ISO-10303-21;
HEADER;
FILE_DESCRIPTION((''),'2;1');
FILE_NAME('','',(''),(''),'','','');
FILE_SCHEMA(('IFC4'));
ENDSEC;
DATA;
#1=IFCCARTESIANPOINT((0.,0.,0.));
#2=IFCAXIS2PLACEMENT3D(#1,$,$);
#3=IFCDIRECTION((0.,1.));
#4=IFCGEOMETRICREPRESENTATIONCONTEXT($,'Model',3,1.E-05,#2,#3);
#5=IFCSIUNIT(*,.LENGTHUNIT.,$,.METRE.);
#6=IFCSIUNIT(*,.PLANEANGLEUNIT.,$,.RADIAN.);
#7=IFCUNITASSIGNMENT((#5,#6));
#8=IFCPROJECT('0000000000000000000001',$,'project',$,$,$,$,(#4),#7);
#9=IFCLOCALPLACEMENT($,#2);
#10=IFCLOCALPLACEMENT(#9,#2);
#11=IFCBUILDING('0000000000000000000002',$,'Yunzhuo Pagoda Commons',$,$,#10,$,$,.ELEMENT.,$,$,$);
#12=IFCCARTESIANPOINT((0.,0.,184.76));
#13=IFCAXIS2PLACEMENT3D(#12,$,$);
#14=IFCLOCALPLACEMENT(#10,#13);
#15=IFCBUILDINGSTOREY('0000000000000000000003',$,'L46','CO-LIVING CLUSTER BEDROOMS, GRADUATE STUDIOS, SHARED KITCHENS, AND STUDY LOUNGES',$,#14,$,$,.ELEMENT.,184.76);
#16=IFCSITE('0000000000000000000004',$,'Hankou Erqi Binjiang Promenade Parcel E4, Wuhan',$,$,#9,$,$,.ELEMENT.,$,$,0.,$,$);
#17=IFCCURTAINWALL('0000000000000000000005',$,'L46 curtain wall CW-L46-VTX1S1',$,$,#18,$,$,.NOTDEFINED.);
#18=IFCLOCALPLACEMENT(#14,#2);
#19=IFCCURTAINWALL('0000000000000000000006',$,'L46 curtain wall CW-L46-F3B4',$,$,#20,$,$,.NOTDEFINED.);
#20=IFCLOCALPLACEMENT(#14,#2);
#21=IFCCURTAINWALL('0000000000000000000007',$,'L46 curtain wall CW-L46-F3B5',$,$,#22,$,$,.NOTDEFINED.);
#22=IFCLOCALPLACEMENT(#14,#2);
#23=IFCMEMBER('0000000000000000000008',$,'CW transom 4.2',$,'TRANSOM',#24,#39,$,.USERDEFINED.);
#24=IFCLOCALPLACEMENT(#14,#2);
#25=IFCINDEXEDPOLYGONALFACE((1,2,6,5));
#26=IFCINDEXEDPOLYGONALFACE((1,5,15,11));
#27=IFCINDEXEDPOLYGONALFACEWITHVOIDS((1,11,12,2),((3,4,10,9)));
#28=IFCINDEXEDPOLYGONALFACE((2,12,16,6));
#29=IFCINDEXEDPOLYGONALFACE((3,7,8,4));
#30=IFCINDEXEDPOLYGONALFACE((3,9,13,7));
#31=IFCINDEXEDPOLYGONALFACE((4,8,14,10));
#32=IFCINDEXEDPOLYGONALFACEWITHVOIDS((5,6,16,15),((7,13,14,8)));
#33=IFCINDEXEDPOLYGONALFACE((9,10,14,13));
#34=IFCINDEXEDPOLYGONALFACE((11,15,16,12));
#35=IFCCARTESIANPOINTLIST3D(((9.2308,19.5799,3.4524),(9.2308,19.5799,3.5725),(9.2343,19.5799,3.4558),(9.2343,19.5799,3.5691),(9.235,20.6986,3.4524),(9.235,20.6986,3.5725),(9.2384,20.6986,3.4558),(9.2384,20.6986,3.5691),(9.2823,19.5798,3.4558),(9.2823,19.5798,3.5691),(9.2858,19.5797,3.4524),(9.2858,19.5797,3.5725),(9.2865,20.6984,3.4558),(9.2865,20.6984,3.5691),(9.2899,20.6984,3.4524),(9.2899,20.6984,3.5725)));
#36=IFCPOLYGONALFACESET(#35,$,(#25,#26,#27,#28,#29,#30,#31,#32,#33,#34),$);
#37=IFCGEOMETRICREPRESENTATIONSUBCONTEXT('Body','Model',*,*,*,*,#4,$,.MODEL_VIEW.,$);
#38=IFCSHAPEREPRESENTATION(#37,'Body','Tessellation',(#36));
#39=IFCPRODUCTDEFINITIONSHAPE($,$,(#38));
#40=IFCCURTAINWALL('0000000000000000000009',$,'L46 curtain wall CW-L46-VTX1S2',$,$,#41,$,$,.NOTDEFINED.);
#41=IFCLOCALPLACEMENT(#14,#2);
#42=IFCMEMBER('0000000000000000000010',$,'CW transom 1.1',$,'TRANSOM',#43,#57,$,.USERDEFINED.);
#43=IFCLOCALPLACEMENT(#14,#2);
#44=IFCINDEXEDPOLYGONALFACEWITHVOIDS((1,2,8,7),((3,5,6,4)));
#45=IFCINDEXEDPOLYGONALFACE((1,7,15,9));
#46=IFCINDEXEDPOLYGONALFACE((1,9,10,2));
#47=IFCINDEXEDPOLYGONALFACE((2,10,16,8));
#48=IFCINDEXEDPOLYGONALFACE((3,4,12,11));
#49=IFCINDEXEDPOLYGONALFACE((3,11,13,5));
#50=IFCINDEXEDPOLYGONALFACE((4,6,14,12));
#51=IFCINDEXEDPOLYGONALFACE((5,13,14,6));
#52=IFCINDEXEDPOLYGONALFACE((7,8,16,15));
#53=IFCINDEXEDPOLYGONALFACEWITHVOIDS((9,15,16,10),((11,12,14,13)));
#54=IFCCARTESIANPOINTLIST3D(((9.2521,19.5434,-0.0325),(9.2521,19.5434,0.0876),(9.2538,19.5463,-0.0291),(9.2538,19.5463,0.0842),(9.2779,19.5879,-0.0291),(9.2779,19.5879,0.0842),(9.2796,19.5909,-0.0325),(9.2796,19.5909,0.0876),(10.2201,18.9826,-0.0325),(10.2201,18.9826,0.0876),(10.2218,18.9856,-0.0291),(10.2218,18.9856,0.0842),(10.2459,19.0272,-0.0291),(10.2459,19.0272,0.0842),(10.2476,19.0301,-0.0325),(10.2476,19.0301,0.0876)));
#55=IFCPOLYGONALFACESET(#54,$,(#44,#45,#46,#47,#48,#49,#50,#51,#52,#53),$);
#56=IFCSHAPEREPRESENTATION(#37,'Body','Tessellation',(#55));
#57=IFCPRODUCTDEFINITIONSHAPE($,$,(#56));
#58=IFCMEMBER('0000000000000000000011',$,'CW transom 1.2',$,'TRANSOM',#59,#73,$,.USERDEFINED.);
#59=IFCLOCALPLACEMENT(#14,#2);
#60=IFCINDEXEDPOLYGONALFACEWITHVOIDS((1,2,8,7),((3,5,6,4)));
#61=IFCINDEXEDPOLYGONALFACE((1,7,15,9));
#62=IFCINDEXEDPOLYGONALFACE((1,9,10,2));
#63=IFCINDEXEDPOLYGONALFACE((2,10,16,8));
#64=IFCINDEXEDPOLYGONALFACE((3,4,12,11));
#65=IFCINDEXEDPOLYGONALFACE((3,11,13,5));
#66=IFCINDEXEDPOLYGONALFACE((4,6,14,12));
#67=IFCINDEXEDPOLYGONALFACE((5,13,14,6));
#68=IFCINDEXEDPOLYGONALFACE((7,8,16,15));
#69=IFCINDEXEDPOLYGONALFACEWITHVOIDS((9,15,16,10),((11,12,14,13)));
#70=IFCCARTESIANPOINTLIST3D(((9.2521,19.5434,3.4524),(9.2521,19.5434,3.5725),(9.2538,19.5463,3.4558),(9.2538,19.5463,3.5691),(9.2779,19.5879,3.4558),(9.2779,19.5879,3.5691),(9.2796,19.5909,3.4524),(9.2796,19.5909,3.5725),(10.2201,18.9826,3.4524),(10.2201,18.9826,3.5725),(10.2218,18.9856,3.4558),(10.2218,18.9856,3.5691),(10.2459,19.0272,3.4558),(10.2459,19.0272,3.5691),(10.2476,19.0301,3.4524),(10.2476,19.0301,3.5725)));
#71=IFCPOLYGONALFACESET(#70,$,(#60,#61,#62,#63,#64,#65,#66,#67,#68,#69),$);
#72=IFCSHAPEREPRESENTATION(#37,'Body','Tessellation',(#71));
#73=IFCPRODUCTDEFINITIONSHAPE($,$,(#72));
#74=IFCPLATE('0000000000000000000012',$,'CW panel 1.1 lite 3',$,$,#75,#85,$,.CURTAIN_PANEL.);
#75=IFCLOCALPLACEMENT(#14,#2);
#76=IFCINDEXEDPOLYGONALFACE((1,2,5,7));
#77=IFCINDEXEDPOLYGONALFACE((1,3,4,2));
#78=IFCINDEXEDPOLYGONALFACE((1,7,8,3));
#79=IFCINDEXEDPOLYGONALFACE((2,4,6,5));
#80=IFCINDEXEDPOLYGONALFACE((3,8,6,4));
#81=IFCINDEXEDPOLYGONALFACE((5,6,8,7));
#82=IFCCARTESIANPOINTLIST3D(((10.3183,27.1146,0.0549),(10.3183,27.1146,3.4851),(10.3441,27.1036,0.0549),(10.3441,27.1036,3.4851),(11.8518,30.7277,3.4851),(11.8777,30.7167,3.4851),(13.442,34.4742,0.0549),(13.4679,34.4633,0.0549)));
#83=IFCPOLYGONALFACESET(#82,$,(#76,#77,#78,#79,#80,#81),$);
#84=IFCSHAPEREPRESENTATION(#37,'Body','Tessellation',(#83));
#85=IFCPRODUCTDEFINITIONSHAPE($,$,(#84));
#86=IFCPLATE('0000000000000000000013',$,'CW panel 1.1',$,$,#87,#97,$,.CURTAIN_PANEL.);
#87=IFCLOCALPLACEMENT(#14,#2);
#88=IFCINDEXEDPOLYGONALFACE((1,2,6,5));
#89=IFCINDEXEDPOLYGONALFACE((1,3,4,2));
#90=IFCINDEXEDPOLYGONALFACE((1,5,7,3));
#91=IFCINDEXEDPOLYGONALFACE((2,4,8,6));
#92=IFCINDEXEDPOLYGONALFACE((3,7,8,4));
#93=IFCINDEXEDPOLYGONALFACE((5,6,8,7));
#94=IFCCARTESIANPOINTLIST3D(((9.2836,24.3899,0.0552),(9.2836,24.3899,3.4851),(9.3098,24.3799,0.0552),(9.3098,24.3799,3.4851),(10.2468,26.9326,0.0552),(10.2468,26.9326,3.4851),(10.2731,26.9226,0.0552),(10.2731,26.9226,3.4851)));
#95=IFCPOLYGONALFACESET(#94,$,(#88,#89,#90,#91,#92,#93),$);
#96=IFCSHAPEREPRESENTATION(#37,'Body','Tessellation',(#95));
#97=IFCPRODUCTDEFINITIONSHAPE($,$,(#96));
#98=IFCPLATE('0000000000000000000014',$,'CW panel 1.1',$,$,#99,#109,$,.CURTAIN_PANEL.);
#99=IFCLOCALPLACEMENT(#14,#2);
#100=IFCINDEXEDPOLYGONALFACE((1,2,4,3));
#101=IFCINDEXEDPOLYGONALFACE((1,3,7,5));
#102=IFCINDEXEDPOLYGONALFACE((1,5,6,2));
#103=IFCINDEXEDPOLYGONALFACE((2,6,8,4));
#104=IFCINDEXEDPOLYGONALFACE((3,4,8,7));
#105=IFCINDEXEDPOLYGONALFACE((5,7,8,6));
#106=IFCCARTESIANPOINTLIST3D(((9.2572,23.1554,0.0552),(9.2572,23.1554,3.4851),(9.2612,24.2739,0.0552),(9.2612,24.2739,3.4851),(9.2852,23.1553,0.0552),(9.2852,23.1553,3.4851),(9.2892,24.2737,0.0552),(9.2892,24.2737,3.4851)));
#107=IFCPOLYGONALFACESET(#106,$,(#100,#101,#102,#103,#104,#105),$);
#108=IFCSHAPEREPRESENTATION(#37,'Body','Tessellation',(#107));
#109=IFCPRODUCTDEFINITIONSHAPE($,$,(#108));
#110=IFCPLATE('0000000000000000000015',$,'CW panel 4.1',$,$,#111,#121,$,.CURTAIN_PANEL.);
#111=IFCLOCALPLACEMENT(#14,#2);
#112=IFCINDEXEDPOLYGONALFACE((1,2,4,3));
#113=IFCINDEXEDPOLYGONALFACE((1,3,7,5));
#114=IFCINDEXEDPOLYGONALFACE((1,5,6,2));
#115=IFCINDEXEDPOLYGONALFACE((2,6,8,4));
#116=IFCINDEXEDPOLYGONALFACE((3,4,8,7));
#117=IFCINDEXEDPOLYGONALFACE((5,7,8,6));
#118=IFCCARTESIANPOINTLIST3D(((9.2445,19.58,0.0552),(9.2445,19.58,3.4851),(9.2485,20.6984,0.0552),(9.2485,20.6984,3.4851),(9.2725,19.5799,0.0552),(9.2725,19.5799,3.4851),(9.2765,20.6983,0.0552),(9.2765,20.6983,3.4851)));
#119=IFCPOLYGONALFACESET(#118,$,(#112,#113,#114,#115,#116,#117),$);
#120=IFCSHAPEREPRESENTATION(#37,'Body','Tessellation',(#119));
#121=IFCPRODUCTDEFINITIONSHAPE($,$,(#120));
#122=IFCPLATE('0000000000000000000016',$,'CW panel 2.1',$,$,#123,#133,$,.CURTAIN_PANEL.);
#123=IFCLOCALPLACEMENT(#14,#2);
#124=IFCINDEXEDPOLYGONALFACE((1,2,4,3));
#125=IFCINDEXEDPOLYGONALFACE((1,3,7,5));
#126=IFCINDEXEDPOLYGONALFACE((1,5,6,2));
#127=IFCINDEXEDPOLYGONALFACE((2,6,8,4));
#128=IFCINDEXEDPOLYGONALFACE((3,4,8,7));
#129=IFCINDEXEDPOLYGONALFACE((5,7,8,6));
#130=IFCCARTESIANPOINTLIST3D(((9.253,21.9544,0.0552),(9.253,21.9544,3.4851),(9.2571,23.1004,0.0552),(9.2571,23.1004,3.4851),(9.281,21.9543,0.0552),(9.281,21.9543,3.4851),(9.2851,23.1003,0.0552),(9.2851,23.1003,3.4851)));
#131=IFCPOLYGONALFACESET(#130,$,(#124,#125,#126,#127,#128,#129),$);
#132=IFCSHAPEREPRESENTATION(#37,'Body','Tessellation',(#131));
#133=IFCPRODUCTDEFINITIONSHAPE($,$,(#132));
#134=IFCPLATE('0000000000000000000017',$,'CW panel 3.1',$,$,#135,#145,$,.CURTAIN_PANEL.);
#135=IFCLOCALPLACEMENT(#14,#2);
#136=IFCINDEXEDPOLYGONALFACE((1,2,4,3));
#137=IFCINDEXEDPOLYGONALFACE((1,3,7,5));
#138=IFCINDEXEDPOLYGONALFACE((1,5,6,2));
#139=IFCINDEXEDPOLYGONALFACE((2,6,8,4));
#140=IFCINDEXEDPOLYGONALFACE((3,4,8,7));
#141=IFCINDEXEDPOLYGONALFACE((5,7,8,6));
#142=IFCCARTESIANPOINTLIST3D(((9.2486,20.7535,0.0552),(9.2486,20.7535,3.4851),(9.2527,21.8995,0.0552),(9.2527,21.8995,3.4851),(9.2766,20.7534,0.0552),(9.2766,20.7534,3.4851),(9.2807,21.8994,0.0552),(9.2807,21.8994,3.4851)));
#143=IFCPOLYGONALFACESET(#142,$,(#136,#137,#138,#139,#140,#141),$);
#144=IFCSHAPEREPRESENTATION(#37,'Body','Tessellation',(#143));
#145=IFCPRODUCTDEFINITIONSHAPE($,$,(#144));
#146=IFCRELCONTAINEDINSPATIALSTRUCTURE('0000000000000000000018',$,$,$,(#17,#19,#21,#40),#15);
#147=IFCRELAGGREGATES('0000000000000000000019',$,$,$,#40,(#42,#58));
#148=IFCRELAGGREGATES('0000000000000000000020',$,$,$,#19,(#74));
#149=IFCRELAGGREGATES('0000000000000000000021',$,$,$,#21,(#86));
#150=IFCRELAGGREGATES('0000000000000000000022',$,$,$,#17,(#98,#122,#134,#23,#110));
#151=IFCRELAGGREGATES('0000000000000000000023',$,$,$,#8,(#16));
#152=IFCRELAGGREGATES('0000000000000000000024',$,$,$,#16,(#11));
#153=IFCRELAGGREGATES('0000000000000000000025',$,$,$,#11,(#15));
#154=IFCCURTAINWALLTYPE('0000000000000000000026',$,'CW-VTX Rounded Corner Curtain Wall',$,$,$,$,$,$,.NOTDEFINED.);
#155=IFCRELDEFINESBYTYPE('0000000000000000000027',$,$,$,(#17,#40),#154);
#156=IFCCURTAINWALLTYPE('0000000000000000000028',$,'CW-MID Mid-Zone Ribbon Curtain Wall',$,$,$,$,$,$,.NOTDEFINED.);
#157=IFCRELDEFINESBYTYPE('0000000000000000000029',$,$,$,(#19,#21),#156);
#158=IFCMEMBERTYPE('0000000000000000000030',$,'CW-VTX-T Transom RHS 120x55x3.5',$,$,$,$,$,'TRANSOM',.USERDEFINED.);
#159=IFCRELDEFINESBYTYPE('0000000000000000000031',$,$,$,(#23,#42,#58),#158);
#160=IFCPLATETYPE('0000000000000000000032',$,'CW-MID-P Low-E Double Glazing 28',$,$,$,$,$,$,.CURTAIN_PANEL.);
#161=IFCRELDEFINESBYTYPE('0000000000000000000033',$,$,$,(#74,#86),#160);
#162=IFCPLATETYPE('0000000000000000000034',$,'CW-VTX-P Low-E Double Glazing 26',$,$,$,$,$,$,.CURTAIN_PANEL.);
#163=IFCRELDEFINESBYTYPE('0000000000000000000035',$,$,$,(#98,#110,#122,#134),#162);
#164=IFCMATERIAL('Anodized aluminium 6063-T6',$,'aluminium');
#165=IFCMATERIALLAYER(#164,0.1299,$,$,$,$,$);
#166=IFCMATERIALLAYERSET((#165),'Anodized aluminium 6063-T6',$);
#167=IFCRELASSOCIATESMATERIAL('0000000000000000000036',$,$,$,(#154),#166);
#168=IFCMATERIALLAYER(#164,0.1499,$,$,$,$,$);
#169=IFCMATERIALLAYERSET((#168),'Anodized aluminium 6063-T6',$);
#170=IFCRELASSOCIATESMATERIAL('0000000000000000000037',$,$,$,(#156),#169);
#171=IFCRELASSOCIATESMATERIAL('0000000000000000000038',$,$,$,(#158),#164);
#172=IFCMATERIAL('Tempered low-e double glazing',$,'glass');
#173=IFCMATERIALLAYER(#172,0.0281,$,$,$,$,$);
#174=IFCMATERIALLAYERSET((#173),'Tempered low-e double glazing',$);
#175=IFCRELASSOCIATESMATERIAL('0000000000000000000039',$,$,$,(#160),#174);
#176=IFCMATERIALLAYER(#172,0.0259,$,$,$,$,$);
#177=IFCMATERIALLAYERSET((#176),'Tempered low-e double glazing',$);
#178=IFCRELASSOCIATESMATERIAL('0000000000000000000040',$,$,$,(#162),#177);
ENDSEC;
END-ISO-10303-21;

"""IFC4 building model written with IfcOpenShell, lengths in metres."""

from ifc_helpers import new_model, si_unit, direction, frame, origin, origin_2d, place, context, subcontext, project, spatial, polyline, rectangle, hollow_rectangle, outline, extrude, source, transform, mapped, material, layer, layer_set, material_profile, profile_set, type_object, element, aggregate, save


model = new_model("IFC4")

# Units and contexts
model_context = context("Model", 3, precision=1e-05, world=origin(), true_north=direction((0.0, 1.0)))
body_context = subcontext(model_context, "Body", "Model", "MODEL_VIEW")
ifc_project = project(units=[si_unit("LENGTHUNIT", "METRE"), si_unit("PLANEANGLEUNIT", "RADIAN")], contexts=[model_context])

# Site, building, storey
site_placement = place(None, origin())
site = spatial("IfcSite", under=ifc_project, at=site_placement, Name="Hankou Erqi Binjiang Promenade Parcel E4, Wuhan", CompositionType="ELEMENT", RefElevation=0.0)
building_placement = place(site_placement, origin())
building = spatial("IfcBuilding", under=site, at=building_placement, Name="Yunzhuo Pagoda Commons", CompositionType="ELEMENT")
storey_placement = place(building_placement, frame((0.0, 0.0, 184.76)))
storey = spatial("IfcBuildingStorey", under=building, at=storey_placement, Name="L46", Description="CO-LIVING CLUSTER BEDROOMS, GRADUATE STUDIOS, SHARED KITCHENS, AND STUDY LOUNGES", CompositionType="ELEMENT", Elevation=184.76)

# Curtain wall
ifc_material_1 = material(Name="Anodized aluminium 6063-T6", Category="aluminium")
ifc_layer_1 = layer(ifc_material_1, 0.1299)
ifc_layer_set_1 = layer_set([ifc_layer_1], Name="Anodized aluminium 6063-T6")
curtain_wall_type_1 = type_object("IfcCurtainWallType", Name="CW-VTX Rounded Corner Curtain Wall", PredefinedType="NOTDEFINED", material=ifc_layer_set_1)
curtain_wall_1_placement = place(storey_placement, origin())
curtain_wall_1 = element("IfcCurtainWall", 1, at=curtain_wall_1_placement, inside=storey, type_object=curtain_wall_type_1, Name="L46 curtain wall CW-L46-VTX1S1", PredefinedType="NOTDEFINED")

# Curtain wall
ifc_layer_2 = layer(ifc_material_1, 0.1499)
ifc_layer_set_2 = layer_set([ifc_layer_2], Name="Anodized aluminium 6063-T6")
curtain_wall_type_2 = type_object("IfcCurtainWallType", Name="CW-MID Mid-Zone Ribbon Curtain Wall", PredefinedType="NOTDEFINED", material=ifc_layer_set_2)
curtain_wall_2_placement = place(storey_placement, origin())
curtain_wall_2 = element("IfcCurtainWall", 2, at=curtain_wall_2_placement, inside=storey, type_object=curtain_wall_type_2, Name="L46 curtain wall CW-L46-F3B4", PredefinedType="NOTDEFINED")

# Curtain wall
curtain_wall_3_placement = place(storey_placement, origin())
curtain_wall_3 = element("IfcCurtainWall", 3, at=curtain_wall_3_placement, inside=storey, type_object=curtain_wall_type_2, Name="L46 curtain wall CW-L46-F3B5", PredefinedType="NOTDEFINED")

# Member
ifc_material_profile_1 = material_profile(ifc_material_1, hollow_rectangle(XDim=0.0549, YDim=0.1201, WallThickness=0.0034, at=origin_2d()), Name="Anodized aluminium 6063-T6")
ifc_profile_set_1 = profile_set([ifc_material_profile_1], Name="Anodized aluminium 6063-T6")
member_type_1 = type_object("IfcMemberType", Name="CW-VTX-T Transom RHS 120x55x3.5", ElementType="TRANSOM", PredefinedType="USERDEFINED", material=ifc_profile_set_1)
shared_shape_1 = source(origin(), body_context, "Body", "SweptSolid", [
    extrude(hollow_rectangle(XDim=0.0549, YDim=0.1201, WallThickness=0.0034, at=origin_2d()), origin(), (0.0, 0.0, 1.0), 1.1187),
])
member_1_placement = place(storey_placement, frame((9.2625, 20.6985, 3.5125), z_axis=(-0.00371, -0.999993, 0.0), x_axis=(0.999993, -0.00371, 0.0)))
member_1 = element("IfcMember", 4, at=member_1_placement, type_object=member_type_1, Name="CW transom 4.2", ObjectType="TRANSOM", PredefinedType="USERDEFINED", context=body_context, shape_type="MappedRepresentation", body=[
    mapped(shared_shape_1, transform((0.0, 0.0, 0.0), scale=1.0)),
])

# Curtain wall, members
curtain_wall_4_placement = place(storey_placement, origin())
curtain_wall_4 = element("IfcCurtainWall", 5, at=curtain_wall_4_placement, inside=storey, type_object=curtain_wall_type_1, Name="L46 curtain wall CW-L46-VTX1S2", PredefinedType="NOTDEFINED")
member_2_placement = place(storey_placement, frame((9.2659, 19.5671, 0.0276), z_axis=(0.865287, -0.501277, 0.0), x_axis=(0.501277, 0.865287, 0.0)))
member_2 = element("IfcMember", 6, at=member_2_placement, type_object=member_type_1, Name="CW transom 1.1", ObjectType="TRANSOM", PredefinedType="USERDEFINED", context=body_context, shape_type="MappedRepresentation", body=[
    mapped(shared_shape_1, transform((0.0, 0.0, 0.0), scale=1.0)),
])
member_3_placement = place(storey_placement, frame((9.2659, 19.5671, 3.5125), z_axis=(0.865287, -0.501277, 0.0), x_axis=(0.501277, 0.865287, 0.0)))
member_3 = element("IfcMember", 7, at=member_3_placement, type_object=member_type_1, Name="CW transom 1.2", ObjectType="TRANSOM", PredefinedType="USERDEFINED", context=body_context, shape_type="MappedRepresentation", body=[
    mapped(shared_shape_1, transform((0.0, 0.0, 0.0), scale=1.0)),
])
aggregate(curtain_wall_4, [member_2, member_3])

# Plates
ifc_material_2 = material(Name="Tempered low-e double glazing", Category="glass")
ifc_layer_3 = layer(ifc_material_2, 0.0281)
ifc_layer_set_3 = layer_set([ifc_layer_3], Name="Tempered low-e double glazing")
plate_type_1 = type_object("IfcPlateType", Name="CW-MID-P Low-E Double Glazing 28", PredefinedType="CURTAIN_PANEL", material=ifc_layer_set_3)
plate_1_placement = place(storey_placement, frame((11.906, 30.7834, 1.77), z_axis=(-0.920515, 0.390706, 0.0), x_axis=(-0.390706, -0.920515, 0.0)))
plate_1 = element("IfcPlate", 8, at=plate_1_placement, type_object=plate_type_1, Name="CW panel 1.1 lite 3", PredefinedType="CURTAIN_PANEL", context=body_context, shape_type="SweptSolid", body=[
    extrude(outline(polyline([(-3.9976, -1.7151), (3.9976, -1.7151), (3.9976, 1.7151), (0.0725, 1.7151), (-3.9976, -1.7151)])), origin(), (0.0, 0.0, 1.0), 0.0281),
])
aggregate(curtain_wall_2, [plate_1])
shared_shape_2 = source(origin(), body_context, "Body", "SweptSolid", [
    extrude(rectangle(XDim=2.719, YDim=0.0281, at=origin_2d()), origin(), (0.0, 0.0, 1.0), 3.4299),
])
plate_2_placement = place(storey_placement, frame((9.7783, 25.6562, 0.0552), z_axis=(0.0, 0.0, 1.0), x_axis=(-0.354256, -0.935148, 0.0)))
plate_2 = element("IfcPlate", 9, at=plate_2_placement, type_object=plate_type_1, Name="CW panel 1.1", PredefinedType="CURTAIN_PANEL", context=body_context, shape_type="MappedRepresentation", body=[
    mapped(shared_shape_2, transform((0.0, 0.0, 0.0), scale=1.0)),
])
aggregate(curtain_wall_3, [plate_2])
ifc_layer_4 = layer(ifc_material_2, 0.0259)
ifc_layer_set_4 = layer_set([ifc_layer_4], Name="Tempered low-e double glazing")
plate_type_2 = type_object("IfcPlateType", Name="CW-VTX-P Low-E Double Glazing 26", PredefinedType="CURTAIN_PANEL", material=ifc_layer_set_4)
shared_shape_3 = source(origin(), body_context, "Body", "SweptSolid", [
    extrude(rectangle(XDim=1.1184, YDim=0.0281, at=origin_2d()), origin(), (0.0, 0.0, 1.0), 3.4299),
])
plate_3_placement = place(storey_placement, frame((9.2732, 23.7146, 0.0552), z_axis=(0.0, 0.0, 1.0), x_axis=(-0.00358, -0.999994, 0.0)))
plate_3 = element("IfcPlate", 10, at=plate_3_placement, type_object=plate_type_2, Name="CW panel 1.1", PredefinedType="CURTAIN_PANEL", context=body_context, shape_type="MappedRepresentation", body=[
    mapped(shared_shape_3, transform((0.0, 0.0, 0.0), scale=1.0)),
])
plate_4_placement = place(storey_placement, frame((9.2605, 20.1392, 0.0552), z_axis=(0.0, 0.0, 1.0), x_axis=(-0.00358, -0.999994, 0.0)))
plate_4 = element("IfcPlate", 11, at=plate_4_placement, type_object=plate_type_2, Name="CW panel 4.1", PredefinedType="CURTAIN_PANEL", context=body_context, shape_type="MappedRepresentation", body=[
    mapped(shared_shape_3, transform((0.0, 0.0, 0.0), scale=1.0)),
])
shared_shape_4 = source(origin(), body_context, "Body", "SweptSolid", [
    extrude(rectangle(XDim=1.146, YDim=0.0281, at=origin_2d()), origin(), (0.0, 0.0, 1.0), 3.4299),
])
plate_5_placement = place(storey_placement, frame((9.269, 22.5273, 0.0552), z_axis=(0.0, 0.0, 1.0), x_axis=(-0.00358, -0.999994, 0.0)))
plate_5 = element("IfcPlate", 12, at=plate_5_placement, type_object=plate_type_2, Name="CW panel 2.1", PredefinedType="CURTAIN_PANEL", context=body_context, shape_type="MappedRepresentation", body=[
    mapped(shared_shape_4, transform((0.0, 0.0, 0.0), scale=1.0)),
])
plate_6_placement = place(storey_placement, frame((9.2646, 21.3264, 0.0552), z_axis=(0.0, 0.0, 1.0), x_axis=(-0.00358, -0.999994, 0.0)))
plate_6 = element("IfcPlate", 13, at=plate_6_placement, type_object=plate_type_2, Name="CW panel 3.1", PredefinedType="CURTAIN_PANEL", context=body_context, shape_type="MappedRepresentation", body=[
    mapped(shared_shape_4, transform((0.0, 0.0, 0.0), scale=1.0)),
])
aggregate(curtain_wall_1, [plate_3, plate_5, plate_6, member_1, plate_4])

save(model, "model.ifc")
